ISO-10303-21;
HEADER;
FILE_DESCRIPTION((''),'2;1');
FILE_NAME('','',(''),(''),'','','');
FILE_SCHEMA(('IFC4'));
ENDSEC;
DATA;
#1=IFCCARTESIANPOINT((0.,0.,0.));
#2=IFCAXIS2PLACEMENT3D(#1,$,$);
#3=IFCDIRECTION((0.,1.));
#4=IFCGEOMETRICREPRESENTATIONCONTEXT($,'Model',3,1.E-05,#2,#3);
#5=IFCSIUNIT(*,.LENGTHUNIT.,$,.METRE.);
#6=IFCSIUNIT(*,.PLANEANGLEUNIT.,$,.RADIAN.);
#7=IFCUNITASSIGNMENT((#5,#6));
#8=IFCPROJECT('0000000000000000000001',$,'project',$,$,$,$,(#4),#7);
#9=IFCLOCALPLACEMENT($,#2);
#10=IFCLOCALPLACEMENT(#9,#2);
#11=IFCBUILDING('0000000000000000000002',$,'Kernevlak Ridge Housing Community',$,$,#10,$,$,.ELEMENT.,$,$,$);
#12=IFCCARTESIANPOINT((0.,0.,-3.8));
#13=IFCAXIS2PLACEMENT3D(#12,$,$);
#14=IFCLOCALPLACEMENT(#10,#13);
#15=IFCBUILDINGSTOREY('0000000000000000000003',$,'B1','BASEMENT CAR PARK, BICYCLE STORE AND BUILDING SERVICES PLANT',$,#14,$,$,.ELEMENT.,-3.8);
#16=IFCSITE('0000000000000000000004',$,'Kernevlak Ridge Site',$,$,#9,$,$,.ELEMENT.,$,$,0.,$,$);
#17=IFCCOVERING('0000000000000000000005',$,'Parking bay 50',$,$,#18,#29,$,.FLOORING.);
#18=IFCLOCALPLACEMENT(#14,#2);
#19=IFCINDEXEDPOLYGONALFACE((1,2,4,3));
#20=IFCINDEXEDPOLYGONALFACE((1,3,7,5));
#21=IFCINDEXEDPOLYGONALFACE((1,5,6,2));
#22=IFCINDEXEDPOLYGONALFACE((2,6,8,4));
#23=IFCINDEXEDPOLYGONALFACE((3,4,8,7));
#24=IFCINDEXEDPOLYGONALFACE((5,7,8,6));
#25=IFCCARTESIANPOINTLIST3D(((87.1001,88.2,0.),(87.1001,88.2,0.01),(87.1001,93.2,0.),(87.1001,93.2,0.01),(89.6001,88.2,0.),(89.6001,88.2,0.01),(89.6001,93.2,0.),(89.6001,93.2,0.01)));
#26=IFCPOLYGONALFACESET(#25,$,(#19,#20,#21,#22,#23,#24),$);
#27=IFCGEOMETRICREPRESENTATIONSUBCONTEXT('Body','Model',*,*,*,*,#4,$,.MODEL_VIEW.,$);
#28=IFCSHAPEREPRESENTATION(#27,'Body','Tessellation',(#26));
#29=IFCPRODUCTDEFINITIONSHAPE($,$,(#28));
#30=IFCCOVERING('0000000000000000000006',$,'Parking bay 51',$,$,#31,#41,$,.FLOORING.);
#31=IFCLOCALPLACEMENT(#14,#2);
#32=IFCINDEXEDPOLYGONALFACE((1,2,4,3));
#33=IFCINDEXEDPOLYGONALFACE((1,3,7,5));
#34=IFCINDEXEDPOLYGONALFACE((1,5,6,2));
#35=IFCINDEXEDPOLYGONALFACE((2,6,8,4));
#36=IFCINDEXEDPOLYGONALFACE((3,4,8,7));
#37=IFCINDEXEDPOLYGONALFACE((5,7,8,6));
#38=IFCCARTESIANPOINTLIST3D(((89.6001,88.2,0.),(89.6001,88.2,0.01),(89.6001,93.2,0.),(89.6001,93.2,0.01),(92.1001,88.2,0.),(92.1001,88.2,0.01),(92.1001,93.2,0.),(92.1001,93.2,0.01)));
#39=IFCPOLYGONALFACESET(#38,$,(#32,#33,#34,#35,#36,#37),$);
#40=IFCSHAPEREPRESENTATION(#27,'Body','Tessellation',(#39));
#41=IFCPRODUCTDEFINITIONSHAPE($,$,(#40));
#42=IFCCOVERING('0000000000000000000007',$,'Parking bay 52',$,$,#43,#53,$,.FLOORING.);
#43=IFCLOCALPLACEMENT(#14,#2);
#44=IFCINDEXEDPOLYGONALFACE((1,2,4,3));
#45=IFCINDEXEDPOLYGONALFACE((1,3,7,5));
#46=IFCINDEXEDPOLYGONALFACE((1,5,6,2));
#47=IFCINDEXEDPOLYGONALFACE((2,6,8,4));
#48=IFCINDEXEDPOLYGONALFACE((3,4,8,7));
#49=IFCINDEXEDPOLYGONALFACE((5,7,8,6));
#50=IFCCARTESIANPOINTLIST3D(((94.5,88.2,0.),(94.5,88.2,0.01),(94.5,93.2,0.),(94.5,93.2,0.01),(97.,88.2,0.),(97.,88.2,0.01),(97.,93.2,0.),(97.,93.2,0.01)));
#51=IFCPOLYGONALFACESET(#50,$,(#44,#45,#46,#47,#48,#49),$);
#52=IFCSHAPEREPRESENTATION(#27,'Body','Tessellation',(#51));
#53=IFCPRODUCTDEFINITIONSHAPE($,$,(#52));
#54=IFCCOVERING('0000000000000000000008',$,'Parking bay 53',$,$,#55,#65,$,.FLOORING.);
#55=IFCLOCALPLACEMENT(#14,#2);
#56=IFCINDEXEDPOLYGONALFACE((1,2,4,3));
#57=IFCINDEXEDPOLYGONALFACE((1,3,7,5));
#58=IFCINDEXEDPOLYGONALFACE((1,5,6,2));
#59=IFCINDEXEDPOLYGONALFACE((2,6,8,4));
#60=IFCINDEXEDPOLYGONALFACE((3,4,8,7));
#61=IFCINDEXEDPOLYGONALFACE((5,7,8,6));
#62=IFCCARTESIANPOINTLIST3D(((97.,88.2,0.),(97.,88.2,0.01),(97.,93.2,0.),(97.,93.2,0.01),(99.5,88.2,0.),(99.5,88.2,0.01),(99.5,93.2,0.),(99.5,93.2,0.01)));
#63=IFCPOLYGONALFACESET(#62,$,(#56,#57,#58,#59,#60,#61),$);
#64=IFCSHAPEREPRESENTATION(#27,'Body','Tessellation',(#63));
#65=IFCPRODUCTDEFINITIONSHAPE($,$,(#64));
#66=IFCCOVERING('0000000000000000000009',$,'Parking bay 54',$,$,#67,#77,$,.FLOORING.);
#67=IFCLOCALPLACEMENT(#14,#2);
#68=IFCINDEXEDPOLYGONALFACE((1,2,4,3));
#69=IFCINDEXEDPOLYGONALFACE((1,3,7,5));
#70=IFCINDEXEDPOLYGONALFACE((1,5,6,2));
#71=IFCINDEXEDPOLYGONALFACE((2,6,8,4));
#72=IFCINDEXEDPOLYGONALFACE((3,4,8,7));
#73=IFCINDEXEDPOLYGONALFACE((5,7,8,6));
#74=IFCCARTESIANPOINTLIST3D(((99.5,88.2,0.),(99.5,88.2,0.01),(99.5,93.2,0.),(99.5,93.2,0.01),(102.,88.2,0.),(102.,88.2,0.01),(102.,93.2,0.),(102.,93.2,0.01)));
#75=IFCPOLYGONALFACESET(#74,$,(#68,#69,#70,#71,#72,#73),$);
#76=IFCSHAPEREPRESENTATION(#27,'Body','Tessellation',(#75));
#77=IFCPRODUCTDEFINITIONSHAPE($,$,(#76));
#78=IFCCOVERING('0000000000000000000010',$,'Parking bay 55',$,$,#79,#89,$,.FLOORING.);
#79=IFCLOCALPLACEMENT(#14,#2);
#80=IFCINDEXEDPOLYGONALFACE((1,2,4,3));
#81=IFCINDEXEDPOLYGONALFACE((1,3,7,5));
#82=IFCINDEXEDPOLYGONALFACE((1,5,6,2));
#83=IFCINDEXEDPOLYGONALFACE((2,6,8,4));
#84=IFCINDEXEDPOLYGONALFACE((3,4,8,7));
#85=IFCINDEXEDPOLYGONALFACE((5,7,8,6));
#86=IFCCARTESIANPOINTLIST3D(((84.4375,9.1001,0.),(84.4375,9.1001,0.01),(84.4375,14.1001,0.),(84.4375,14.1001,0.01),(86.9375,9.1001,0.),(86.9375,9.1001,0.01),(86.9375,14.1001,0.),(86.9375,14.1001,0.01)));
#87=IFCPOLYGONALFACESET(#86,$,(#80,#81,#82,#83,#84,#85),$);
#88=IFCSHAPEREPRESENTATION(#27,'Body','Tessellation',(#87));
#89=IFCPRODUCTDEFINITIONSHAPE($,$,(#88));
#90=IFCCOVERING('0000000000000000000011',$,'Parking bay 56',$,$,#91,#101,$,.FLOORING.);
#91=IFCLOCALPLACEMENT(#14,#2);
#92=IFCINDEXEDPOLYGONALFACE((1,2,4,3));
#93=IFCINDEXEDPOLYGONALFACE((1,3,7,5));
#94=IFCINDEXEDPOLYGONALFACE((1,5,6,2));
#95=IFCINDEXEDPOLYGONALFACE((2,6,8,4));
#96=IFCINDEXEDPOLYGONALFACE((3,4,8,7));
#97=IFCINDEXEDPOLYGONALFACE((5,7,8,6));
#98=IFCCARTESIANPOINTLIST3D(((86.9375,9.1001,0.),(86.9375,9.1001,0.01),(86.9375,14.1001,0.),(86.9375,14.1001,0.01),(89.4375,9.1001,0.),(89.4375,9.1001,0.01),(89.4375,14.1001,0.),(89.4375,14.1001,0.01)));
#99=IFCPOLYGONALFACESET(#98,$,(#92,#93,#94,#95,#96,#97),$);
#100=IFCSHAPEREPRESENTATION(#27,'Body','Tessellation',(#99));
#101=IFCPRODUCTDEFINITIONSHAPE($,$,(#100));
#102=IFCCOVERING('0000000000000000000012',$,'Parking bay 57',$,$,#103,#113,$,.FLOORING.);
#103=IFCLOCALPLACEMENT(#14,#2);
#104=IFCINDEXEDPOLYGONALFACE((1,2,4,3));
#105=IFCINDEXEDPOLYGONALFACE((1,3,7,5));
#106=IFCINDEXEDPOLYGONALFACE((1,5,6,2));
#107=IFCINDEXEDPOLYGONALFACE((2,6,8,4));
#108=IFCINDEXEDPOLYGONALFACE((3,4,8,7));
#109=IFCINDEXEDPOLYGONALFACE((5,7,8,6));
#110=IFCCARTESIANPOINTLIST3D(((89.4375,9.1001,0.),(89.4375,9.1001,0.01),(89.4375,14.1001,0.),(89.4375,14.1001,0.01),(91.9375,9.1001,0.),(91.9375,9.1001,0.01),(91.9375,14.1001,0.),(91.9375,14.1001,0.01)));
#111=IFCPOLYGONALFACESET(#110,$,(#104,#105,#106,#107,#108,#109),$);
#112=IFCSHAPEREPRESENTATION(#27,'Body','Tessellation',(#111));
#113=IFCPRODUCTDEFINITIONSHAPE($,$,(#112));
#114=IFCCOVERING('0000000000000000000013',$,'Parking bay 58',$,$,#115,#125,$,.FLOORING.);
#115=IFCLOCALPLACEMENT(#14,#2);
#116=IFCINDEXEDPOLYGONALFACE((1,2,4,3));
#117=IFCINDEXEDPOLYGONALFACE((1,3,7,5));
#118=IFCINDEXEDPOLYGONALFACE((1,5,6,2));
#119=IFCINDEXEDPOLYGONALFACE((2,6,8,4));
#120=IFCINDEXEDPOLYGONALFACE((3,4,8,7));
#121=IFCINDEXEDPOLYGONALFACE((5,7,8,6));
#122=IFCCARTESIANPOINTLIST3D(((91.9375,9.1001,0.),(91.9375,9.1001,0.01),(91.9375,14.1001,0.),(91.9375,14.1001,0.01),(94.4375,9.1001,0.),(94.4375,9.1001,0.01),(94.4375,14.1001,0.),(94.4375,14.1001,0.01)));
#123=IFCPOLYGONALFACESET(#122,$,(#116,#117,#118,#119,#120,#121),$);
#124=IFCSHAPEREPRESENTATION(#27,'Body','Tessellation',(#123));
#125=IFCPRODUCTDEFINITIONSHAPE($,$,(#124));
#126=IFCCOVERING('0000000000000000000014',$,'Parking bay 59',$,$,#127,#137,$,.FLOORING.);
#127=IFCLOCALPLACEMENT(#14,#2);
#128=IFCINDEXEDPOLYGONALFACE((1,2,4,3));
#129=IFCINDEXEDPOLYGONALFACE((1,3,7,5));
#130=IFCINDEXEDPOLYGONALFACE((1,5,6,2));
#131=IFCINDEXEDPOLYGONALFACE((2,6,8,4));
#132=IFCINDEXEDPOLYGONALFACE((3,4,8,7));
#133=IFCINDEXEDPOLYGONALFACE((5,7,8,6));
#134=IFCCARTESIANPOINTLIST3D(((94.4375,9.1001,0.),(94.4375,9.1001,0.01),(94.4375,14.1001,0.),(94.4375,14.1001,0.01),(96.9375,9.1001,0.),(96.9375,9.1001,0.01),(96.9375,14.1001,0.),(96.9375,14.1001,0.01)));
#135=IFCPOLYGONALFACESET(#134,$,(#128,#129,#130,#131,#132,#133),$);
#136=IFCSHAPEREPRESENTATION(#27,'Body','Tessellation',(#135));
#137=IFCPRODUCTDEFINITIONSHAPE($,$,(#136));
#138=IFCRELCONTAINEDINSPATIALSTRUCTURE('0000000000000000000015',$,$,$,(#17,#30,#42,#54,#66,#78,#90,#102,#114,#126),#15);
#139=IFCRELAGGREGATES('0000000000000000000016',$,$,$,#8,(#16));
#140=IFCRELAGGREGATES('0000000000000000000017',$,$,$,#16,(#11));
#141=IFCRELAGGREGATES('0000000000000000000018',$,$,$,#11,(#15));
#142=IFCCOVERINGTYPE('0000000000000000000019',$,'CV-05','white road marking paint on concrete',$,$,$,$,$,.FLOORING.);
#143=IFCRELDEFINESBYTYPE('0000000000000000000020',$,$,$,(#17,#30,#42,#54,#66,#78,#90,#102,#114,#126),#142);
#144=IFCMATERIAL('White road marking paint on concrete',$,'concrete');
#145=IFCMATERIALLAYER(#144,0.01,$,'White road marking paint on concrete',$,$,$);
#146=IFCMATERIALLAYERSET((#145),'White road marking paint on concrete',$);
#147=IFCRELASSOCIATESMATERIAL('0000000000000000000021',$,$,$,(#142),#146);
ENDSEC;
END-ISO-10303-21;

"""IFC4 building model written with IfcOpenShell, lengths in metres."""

from ifc_helpers import new_model, si_unit, direction, frame, origin, place, context, subcontext, project, spatial, polyline, outline, extrude, material, layer, layer_set, type_object, element, save


model = new_model("IFC4")

# Units and contexts
model_context = context("Model", 3, precision=1e-05, world=origin(), true_north=direction((0.0, 1.0)))
body_context = subcontext(model_context, "Body", "Model", "MODEL_VIEW")
ifc_project = project(units=[si_unit("LENGTHUNIT", "METRE"), si_unit("PLANEANGLEUNIT", "RADIAN")], contexts=[model_context])

# Site, building, storey
site_placement = place(None, origin())
site = spatial("IfcSite", under=ifc_project, at=site_placement, Name="Kernevlak Ridge Site", CompositionType="ELEMENT", RefElevation=0.0)
building_placement = place(site_placement, origin())
building = spatial("IfcBuilding", under=site, at=building_placement, Name="Kernevlak Ridge Housing Community", CompositionType="ELEMENT")
storey_placement = place(building_placement, frame((0.0, 0.0, -3.8)))
storey = spatial("IfcBuildingStorey", under=building, at=storey_placement, Name="B1", Description="BASEMENT CAR PARK, BICYCLE STORE AND BUILDING SERVICES PLANT", CompositionType="ELEMENT", Elevation=-3.8)

# Coverings
ifc_material_1 = material(Name="White road marking paint on concrete", Category="concrete")
ifc_layer_1 = layer(ifc_material_1, 0.01, Name="White road marking paint on concrete")
ifc_layer_set_1 = layer_set([ifc_layer_1], Name="White road marking paint on concrete")
covering_type = type_object("IfcCoveringType", Name="CV-05", Description="white road marking paint on concrete", PredefinedType="FLOORING", material=ifc_layer_set_1)
covering_1_placement = place(storey_placement, origin())
element("IfcCovering", 1, at=covering_1_placement, inside=storey, type_object=covering_type, Name="Parking bay 50", PredefinedType="FLOORING", context=body_context, shape_type="SweptSolid", body=[
    extrude(outline(polyline([(87.1001, 88.2), (89.6001, 88.2), (89.6001, 93.2), (87.1001, 93.2), (87.1001, 88.2)])), origin(), (0.0, 0.0, 1.0), 0.01),
])
covering_2_placement = place(storey_placement, origin())
element("IfcCovering", 2, at=covering_2_placement, inside=storey, type_object=covering_type, Name="Parking bay 51", PredefinedType="FLOORING", context=body_context, shape_type="SweptSolid", body=[
    extrude(outline(polyline([(89.6001, 88.2), (92.1001, 88.2), (92.1001, 93.2), (89.6001, 93.2), (89.6001, 88.2)])), origin(), (0.0, 0.0, 1.0), 0.01),
])
covering_3_placement = place(storey_placement, origin())
element("IfcCovering", 3, at=covering_3_placement, inside=storey, type_object=covering_type, Name="Parking bay 52", PredefinedType="FLOORING", context=body_context, shape_type="SweptSolid", body=[
    extrude(outline(polyline([(94.5, 88.2), (97.0, 88.2), (97.0, 93.2), (94.5, 93.2), (94.5, 88.2)])), origin(), (0.0, 0.0, 1.0), 0.01),
])
covering_4_placement = place(storey_placement, origin())
element("IfcCovering", 4, at=covering_4_placement, inside=storey, type_object=covering_type, Name="Parking bay 53", PredefinedType="FLOORING", context=body_context, shape_type="SweptSolid", body=[
    extrude(outline(polyline([(97.0, 88.2), (99.5, 88.2), (99.5, 93.2), (97.0, 93.2), (97.0, 88.2)])), origin(), (0.0, 0.0, 1.0), 0.01),
])
covering_5_placement = place(storey_placement, origin())
element("IfcCovering", 5, at=covering_5_placement, inside=storey, type_object=covering_type, Name="Parking bay 54", PredefinedType="FLOORING", context=body_context, shape_type="SweptSolid", body=[
    extrude(outline(polyline([(99.5, 88.2), (102.0, 88.2), (102.0, 93.2), (99.5, 93.2), (99.5, 88.2)])), origin(), (0.0, 0.0, 1.0), 0.01),
])
covering_6_placement = place(storey_placement, origin())
element("IfcCovering", 6, at=covering_6_placement, inside=storey, type_object=covering_type, Name="Parking bay 55", PredefinedType="FLOORING", context=body_context, shape_type="SweptSolid", body=[
    extrude(outline(polyline([(84.4375, 9.1001), (86.9375, 9.1001), (86.9375, 14.1001), (84.4375, 14.1001), (84.4375, 9.1001)])), origin(), (0.0, 0.0, 1.0), 0.01),
])
covering_7_placement = place(storey_placement, origin())
element("IfcCovering", 7, at=covering_7_placement, inside=storey, type_object=covering_type, Name="Parking bay 56", PredefinedType="FLOORING", context=body_context, shape_type="SweptSolid", body=[
    extrude(outline(polyline([(86.9375, 9.1001), (89.4375, 9.1001), (89.4375, 14.1001), (86.9375, 14.1001), (86.9375, 9.1001)])), origin(), (0.0, 0.0, 1.0), 0.01),
])
covering_8_placement = place(storey_placement, origin())
element("IfcCovering", 8, at=covering_8_placement, inside=storey, type_object=covering_type, Name="Parking bay 57", PredefinedType="FLOORING", context=body_context, shape_type="SweptSolid", body=[
    extrude(outline(polyline([(89.4375, 9.1001), (91.9375, 9.1001), (91.9375, 14.1001), (89.4375, 14.1001), (89.4375, 9.1001)])), origin(), (0.0, 0.0, 1.0), 0.01),
])
covering_9_placement = place(storey_placement, origin())
element("IfcCovering", 9, at=covering_9_placement, inside=storey, type_object=covering_type, Name="Parking bay 58", PredefinedType="FLOORING", context=body_context, shape_type="SweptSolid", body=[
    extrude(outline(polyline([(91.9375, 9.1001), (94.4375, 9.1001), (94.4375, 14.1001), (91.9375, 14.1001), (91.9375, 9.1001)])), origin(), (0.0, 0.0, 1.0), 0.01),
])
covering_10_placement = place(storey_placement, origin())
element("IfcCovering", 10, at=covering_10_placement, inside=storey, type_object=covering_type, Name="Parking bay 59", PredefinedType="FLOORING", context=body_context, shape_type="SweptSolid", body=[
    extrude(outline(polyline([(94.4375, 9.1001), (96.9375, 9.1001), (96.9375, 14.1001), (94.4375, 14.1001), (94.4375, 9.1001)])), origin(), (0.0, 0.0, 1.0), 0.01),
])

save(model, "model.ifc")
